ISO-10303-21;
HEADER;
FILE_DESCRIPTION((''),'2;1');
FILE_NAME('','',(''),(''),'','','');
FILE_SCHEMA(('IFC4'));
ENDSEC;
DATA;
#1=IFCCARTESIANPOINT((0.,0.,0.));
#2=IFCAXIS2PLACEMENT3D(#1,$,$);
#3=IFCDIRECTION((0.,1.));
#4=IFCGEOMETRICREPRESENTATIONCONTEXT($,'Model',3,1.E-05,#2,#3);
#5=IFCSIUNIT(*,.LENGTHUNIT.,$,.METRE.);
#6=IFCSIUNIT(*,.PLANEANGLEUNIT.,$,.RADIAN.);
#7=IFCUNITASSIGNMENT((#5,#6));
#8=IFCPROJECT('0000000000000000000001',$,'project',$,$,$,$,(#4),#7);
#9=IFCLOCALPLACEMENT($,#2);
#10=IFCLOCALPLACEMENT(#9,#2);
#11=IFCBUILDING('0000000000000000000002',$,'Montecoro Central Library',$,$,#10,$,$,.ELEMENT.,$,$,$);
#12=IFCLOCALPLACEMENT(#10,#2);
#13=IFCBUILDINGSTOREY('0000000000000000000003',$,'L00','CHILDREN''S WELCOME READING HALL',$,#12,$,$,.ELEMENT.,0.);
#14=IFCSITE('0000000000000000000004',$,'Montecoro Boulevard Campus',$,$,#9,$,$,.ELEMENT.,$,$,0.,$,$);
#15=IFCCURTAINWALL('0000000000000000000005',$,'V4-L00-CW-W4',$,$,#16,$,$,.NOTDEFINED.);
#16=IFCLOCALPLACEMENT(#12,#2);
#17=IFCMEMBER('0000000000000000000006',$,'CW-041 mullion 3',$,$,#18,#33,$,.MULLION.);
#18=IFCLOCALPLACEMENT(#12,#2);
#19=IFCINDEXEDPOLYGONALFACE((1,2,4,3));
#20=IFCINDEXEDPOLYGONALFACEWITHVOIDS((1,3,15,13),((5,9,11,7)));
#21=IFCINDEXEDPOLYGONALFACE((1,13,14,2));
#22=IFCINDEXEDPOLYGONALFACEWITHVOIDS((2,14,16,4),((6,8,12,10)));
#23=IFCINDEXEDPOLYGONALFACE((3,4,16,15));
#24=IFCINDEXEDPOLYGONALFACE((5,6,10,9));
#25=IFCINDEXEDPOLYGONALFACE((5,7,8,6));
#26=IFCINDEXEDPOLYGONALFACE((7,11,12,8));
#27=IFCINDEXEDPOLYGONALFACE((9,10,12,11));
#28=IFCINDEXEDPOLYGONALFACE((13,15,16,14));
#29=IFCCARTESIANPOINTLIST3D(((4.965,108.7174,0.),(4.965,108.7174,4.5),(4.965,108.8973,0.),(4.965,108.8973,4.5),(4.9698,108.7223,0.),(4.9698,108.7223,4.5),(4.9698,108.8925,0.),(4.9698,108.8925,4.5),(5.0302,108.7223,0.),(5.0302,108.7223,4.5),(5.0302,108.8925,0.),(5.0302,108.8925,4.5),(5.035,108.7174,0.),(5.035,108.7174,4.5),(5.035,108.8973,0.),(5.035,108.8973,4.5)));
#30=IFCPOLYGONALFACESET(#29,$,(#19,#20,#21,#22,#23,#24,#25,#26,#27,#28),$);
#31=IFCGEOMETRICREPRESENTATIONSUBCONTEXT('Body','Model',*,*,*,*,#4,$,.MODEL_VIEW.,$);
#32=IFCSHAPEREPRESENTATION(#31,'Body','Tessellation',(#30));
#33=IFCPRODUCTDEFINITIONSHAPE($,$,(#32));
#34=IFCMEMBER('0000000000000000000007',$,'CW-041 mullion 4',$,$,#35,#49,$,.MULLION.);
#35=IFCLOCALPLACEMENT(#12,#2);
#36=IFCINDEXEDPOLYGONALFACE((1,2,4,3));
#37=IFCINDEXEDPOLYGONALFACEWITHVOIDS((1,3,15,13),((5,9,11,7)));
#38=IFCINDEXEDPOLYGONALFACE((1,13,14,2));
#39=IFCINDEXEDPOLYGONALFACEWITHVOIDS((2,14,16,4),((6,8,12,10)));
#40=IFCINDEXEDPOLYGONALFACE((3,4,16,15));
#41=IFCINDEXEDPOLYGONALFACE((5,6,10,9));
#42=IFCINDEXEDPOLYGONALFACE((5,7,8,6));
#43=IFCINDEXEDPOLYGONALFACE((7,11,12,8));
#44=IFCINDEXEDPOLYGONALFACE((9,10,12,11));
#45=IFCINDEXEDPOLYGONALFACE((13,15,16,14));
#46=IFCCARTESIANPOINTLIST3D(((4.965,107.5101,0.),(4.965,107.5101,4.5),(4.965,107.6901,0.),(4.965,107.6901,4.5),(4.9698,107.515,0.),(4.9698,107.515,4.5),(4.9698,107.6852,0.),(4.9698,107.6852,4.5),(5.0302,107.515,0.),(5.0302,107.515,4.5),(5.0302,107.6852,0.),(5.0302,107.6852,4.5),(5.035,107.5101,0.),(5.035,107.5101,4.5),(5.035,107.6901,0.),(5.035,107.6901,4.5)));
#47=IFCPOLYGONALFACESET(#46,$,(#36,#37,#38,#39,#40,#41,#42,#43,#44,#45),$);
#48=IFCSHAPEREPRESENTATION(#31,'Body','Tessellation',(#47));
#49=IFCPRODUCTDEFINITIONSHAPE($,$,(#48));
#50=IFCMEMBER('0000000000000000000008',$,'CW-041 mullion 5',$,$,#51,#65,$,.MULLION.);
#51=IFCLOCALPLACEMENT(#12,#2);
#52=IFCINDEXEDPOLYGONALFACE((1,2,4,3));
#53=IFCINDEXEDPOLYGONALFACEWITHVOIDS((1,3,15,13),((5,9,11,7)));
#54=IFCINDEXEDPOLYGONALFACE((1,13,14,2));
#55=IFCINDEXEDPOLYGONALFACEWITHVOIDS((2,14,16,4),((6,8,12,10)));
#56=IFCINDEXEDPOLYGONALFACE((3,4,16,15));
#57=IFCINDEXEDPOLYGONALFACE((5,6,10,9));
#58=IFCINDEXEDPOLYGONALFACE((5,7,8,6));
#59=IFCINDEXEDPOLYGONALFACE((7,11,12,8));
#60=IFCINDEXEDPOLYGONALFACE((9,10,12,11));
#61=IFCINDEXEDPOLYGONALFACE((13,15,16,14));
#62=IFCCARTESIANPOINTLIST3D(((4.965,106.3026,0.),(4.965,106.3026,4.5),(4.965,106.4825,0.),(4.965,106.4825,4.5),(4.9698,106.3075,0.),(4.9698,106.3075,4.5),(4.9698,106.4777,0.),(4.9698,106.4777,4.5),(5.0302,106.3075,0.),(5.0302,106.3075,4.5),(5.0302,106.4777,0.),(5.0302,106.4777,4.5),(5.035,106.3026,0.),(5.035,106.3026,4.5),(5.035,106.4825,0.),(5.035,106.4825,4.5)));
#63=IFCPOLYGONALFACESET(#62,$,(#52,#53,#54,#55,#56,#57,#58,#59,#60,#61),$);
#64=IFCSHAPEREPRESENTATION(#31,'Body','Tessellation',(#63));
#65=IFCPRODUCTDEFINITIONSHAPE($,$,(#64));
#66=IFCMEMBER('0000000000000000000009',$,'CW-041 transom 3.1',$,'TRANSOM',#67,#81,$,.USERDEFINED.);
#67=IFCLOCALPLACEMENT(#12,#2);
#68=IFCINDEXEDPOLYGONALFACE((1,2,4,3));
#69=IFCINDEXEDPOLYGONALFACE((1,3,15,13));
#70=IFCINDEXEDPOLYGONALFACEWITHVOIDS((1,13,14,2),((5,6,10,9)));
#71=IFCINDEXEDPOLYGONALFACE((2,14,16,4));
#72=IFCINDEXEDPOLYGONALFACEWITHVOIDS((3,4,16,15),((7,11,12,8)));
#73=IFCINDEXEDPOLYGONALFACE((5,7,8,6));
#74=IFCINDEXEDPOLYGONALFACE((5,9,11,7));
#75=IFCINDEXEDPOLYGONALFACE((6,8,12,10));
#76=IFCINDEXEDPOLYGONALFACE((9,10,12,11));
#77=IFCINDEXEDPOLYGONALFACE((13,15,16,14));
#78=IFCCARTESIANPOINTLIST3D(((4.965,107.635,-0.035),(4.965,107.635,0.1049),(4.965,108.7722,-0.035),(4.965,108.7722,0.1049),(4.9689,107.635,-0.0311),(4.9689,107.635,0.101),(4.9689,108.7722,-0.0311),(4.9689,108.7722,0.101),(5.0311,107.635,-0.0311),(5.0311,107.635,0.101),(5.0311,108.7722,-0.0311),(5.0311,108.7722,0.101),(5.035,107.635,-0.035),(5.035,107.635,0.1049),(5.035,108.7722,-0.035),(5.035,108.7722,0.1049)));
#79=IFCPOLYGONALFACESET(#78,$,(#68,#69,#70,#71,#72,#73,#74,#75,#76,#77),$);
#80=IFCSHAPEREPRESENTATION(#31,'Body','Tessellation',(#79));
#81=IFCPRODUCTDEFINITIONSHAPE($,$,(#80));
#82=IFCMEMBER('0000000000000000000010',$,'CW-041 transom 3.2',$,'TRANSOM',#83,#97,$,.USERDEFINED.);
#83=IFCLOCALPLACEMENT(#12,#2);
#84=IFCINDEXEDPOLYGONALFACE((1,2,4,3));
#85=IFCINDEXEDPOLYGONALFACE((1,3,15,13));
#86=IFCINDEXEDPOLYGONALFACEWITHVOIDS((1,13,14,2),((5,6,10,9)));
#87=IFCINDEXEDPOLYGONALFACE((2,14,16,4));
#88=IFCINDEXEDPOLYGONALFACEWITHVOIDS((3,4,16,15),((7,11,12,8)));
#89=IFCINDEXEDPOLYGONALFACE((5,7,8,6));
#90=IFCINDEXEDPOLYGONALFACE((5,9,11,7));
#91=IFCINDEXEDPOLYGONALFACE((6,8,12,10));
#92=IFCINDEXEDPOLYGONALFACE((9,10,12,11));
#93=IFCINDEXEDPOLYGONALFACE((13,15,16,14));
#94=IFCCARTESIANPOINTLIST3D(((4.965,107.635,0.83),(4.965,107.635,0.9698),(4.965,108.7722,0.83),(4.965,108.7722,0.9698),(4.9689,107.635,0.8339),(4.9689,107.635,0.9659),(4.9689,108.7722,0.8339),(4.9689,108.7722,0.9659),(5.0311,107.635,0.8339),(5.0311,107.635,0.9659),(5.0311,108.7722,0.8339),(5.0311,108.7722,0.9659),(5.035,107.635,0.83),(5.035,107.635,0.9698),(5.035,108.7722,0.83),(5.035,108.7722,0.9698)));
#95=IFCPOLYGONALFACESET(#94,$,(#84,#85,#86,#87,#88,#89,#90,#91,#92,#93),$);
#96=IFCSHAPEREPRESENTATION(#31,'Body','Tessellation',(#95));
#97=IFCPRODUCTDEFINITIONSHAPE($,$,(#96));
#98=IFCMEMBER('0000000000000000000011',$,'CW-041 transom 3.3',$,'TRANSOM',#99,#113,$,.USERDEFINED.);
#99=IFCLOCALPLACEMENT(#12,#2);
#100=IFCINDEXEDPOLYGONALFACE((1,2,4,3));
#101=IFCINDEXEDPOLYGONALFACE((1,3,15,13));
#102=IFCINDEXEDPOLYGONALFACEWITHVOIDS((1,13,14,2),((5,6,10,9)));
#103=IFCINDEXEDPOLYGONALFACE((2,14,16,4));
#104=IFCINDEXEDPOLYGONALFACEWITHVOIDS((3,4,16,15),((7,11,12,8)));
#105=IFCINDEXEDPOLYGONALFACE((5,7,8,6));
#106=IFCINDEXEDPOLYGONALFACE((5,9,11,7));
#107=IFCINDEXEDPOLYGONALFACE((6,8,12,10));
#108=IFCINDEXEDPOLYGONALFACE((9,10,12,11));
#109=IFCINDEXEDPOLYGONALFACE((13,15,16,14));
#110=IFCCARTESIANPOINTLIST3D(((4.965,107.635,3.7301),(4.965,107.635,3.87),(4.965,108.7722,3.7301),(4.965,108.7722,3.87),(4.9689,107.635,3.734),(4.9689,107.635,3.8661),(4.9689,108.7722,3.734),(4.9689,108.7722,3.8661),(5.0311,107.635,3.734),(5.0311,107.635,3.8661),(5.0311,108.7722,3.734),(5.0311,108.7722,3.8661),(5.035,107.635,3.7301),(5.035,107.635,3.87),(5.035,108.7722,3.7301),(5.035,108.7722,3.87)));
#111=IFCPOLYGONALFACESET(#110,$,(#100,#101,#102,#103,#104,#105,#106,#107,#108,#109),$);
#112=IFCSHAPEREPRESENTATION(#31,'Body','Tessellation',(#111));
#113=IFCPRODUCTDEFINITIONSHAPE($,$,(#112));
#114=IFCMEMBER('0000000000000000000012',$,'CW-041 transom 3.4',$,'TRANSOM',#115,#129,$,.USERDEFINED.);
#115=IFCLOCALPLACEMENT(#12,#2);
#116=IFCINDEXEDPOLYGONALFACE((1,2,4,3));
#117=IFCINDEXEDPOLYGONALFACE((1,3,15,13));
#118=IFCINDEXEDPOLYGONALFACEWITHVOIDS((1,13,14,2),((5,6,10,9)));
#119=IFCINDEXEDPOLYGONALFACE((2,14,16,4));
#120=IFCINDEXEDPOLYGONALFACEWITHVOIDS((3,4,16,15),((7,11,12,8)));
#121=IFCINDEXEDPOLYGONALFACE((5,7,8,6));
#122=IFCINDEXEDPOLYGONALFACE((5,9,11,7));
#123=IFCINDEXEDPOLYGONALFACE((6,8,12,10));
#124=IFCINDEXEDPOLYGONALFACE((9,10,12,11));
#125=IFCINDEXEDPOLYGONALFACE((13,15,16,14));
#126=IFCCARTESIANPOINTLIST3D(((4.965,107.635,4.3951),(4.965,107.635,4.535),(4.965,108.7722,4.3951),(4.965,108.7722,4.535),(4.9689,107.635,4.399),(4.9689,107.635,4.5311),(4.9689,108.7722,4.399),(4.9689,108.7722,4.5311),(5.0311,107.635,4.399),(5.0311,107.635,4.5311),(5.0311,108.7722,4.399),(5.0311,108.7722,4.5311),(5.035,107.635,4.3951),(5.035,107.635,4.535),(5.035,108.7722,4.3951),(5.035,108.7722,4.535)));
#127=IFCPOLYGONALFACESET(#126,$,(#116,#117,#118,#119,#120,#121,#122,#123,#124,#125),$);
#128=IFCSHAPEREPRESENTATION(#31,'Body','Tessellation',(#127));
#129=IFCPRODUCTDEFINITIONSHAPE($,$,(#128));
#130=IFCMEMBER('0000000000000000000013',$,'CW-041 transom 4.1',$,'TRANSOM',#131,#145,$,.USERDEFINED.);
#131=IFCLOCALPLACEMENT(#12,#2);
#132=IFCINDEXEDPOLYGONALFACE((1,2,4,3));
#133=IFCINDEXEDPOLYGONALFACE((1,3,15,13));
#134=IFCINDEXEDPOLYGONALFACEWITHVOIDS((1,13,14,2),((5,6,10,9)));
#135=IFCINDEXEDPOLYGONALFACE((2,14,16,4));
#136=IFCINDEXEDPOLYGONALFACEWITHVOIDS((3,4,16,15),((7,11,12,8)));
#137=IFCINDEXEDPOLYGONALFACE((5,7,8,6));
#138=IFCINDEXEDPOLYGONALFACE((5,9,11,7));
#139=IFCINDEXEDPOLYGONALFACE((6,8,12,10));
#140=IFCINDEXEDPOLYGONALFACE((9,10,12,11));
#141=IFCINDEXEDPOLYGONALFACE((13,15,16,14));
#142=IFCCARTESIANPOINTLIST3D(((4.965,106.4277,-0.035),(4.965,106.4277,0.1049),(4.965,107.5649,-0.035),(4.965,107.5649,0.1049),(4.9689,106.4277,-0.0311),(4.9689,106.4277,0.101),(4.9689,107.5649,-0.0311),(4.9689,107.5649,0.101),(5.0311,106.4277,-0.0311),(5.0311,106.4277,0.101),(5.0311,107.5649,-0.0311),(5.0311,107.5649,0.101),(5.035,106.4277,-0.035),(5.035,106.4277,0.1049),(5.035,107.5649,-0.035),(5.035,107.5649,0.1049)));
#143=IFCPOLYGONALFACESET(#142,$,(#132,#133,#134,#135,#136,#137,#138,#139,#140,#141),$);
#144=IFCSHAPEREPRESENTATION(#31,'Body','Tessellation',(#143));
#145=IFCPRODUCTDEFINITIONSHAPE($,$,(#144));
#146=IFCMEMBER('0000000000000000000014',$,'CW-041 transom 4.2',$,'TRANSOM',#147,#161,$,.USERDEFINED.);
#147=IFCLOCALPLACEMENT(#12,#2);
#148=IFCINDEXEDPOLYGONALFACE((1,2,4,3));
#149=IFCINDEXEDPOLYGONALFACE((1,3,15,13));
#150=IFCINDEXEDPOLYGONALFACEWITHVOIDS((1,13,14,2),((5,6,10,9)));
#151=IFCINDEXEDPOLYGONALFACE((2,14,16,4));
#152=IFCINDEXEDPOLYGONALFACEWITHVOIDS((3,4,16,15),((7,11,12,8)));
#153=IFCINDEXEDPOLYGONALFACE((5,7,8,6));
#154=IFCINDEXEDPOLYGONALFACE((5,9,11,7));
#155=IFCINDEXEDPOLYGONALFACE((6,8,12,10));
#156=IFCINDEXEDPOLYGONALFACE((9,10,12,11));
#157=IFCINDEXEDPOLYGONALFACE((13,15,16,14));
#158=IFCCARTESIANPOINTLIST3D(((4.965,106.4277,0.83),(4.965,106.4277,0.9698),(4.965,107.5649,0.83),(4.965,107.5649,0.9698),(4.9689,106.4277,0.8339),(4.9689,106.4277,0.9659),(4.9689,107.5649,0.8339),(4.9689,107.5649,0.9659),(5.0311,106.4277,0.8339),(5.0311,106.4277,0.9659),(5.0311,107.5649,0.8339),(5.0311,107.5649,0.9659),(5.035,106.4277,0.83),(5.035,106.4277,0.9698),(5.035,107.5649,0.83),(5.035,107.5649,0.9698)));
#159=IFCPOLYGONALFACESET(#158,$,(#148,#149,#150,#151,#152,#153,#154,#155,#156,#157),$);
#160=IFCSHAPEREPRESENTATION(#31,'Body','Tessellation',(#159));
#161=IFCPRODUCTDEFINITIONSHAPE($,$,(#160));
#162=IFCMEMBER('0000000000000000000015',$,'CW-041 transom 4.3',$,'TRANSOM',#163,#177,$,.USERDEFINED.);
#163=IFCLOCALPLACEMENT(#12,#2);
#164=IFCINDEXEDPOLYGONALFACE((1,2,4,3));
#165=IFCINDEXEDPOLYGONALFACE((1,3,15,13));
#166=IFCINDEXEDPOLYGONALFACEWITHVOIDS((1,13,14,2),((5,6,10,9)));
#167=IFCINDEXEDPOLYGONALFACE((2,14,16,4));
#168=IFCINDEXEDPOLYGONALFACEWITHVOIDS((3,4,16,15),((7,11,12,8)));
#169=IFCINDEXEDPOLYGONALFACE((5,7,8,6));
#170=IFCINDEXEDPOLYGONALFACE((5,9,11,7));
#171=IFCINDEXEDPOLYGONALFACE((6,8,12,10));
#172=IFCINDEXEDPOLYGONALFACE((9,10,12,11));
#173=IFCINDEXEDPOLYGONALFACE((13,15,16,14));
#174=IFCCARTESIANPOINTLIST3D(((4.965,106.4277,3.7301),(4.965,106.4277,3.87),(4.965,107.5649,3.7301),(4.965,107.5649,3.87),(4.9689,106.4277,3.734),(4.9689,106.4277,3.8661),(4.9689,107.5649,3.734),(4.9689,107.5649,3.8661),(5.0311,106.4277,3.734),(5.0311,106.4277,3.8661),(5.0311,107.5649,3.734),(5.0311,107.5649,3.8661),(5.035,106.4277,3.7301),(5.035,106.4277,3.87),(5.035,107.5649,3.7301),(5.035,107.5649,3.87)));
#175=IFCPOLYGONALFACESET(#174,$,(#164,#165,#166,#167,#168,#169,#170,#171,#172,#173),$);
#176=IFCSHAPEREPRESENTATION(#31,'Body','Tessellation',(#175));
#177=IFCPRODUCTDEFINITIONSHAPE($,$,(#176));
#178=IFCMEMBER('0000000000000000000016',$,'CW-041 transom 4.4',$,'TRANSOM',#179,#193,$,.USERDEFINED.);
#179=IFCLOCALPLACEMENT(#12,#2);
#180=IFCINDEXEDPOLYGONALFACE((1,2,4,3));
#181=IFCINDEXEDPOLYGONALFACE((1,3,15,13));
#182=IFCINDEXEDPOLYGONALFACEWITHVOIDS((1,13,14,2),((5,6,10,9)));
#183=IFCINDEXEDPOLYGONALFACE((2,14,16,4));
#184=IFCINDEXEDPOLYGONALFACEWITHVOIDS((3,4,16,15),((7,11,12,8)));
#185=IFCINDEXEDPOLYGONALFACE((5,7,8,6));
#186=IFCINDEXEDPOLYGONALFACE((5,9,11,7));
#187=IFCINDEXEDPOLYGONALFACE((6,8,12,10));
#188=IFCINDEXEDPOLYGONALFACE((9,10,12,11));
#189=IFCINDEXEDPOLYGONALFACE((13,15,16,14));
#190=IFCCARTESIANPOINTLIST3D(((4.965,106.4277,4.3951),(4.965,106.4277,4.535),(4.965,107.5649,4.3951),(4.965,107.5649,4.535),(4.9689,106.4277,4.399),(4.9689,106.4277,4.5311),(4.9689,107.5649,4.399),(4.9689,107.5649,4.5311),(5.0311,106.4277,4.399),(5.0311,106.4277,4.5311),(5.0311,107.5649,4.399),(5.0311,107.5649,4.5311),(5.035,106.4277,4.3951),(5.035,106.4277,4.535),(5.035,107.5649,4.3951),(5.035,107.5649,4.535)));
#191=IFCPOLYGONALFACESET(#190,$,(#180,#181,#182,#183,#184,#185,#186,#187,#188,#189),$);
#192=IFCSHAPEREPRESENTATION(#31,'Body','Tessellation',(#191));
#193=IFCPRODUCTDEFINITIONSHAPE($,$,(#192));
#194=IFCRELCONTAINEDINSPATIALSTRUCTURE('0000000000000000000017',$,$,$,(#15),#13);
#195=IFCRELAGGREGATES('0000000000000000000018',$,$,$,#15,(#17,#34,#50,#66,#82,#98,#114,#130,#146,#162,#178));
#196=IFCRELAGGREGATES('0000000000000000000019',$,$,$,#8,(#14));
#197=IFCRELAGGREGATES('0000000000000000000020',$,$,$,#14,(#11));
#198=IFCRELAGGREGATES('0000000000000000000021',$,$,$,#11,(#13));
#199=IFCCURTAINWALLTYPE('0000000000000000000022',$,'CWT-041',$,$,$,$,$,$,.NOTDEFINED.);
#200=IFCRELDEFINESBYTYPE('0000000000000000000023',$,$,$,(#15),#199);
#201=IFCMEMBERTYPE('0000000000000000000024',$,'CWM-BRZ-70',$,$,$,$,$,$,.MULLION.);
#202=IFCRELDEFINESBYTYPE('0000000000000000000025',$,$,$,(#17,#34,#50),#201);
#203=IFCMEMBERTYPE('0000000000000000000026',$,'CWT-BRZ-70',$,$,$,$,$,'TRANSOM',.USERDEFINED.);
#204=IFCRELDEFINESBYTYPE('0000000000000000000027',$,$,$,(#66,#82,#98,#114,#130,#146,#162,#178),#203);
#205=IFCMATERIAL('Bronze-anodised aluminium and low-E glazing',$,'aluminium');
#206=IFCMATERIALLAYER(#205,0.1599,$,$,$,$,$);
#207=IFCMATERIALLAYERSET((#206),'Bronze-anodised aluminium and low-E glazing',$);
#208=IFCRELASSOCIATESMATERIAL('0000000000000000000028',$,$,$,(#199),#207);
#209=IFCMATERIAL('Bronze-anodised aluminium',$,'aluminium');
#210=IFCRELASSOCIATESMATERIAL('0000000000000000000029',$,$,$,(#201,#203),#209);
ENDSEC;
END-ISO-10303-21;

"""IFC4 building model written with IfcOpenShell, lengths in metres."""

from ifc_helpers import new_model, si_unit, direction, frame, origin, origin_2d, place, context, subcontext, project, spatial, hollow_rectangle, extrude, material, layer, layer_set, material_profile, profile_set, type_object, element, aggregate, save


model = new_model("IFC4")

# Units and contexts
model_context = context("Model", 3, precision=1e-05, world=origin(), true_north=direction((0.0, 1.0)))
body_context = subcontext(model_context, "Body", "Model", "MODEL_VIEW")
ifc_project = project(units=[si_unit("LENGTHUNIT", "METRE"), si_unit("PLANEANGLEUNIT", "RADIAN")], contexts=[model_context])

# Site, building, storey
site_placement = place(None, origin())
site = spatial("IfcSite", under=ifc_project, at=site_placement, Name="Montecoro Boulevard Campus", CompositionType="ELEMENT", RefElevation=0.0)
building_placement = place(site_placement, origin())
building = spatial("IfcBuilding", under=site, at=building_placement, Name="Montecoro Central Library", CompositionType="ELEMENT")
storey_placement = place(building_placement, origin())
storey = spatial("IfcBuildingStorey", under=building, at=storey_placement, Name="L00", Description="CHILDREN'S WELCOME READING HALL", CompositionType="ELEMENT", Elevation=0.0)

# Curtain wall, members
ifc_material_1 = material(Name="Bronze-anodised aluminium and low-E glazing", Category="aluminium")
ifc_layer_1 = layer(ifc_material_1, 0.1599)
ifc_layer_set_1 = layer_set([ifc_layer_1], Name="Bronze-anodised aluminium and low-E glazing")
curtain_wall_type = type_object("IfcCurtainWallType", Name="CWT-041", PredefinedType="NOTDEFINED", material=ifc_layer_set_1)
curtain_wall_placement = place(storey_placement, origin())
curtain_wall = element("IfcCurtainWall", 1, at=curtain_wall_placement, inside=storey, type_object=curtain_wall_type, Name="V4-L00-CW-W4", PredefinedType="NOTDEFINED")
ifc_material_2 = material(Name="Bronze-anodised aluminium", Category="aluminium")
ifc_material_profile_1 = material_profile(ifc_material_2, hollow_rectangle(XDim=0.0701, YDim=0.1799, WallThickness=0.0049, at=origin_2d()), Name="CWM 180x70x5.0")
ifc_profile_set_1 = profile_set([ifc_material_profile_1], Name="Bronze-anodised aluminium")
member_type_1 = type_object("IfcMemberType", Name="CWM-BRZ-70", PredefinedType="MULLION", material=ifc_profile_set_1)
member_1_placement = place(storey_placement, frame((5.0, 108.8074, 0.0), z_axis=(0.0, 0.0, 1.0), x_axis=(1.0, 0.0, 0.0)))
member_1 = element("IfcMember", 2, at=member_1_placement, type_object=member_type_1, Name="CW-041 mullion 3", PredefinedType="MULLION", context=body_context, shape_type="SweptSolid", body=[
    extrude(hollow_rectangle(XDim=0.0701, YDim=0.1799, WallThickness=0.0049, at=origin_2d()), origin(), (0.0, 0.0, 1.0), 4.5),
])
member_2_placement = place(storey_placement, frame((5.0, 107.6001, 0.0), z_axis=(0.0, 0.0, 1.0), x_axis=(1.0, 0.0, 0.0)))
member_2 = element("IfcMember", 3, at=member_2_placement, type_object=member_type_1, Name="CW-041 mullion 4", PredefinedType="MULLION", context=body_context, shape_type="SweptSolid", body=[
    extrude(hollow_rectangle(XDim=0.0701, YDim=0.1799, WallThickness=0.0049, at=origin_2d()), origin(), (0.0, 0.0, 1.0), 4.5),
])
member_3_placement = place(storey_placement, frame((5.0, 106.3926, 0.0), z_axis=(0.0, 0.0, 1.0), x_axis=(1.0, 0.0, 0.0)))
member_3 = element("IfcMember", 4, at=member_3_placement, type_object=member_type_1, Name="CW-041 mullion 5", PredefinedType="MULLION", context=body_context, shape_type="SweptSolid", body=[
    extrude(hollow_rectangle(XDim=0.0701, YDim=0.1799, WallThickness=0.0049, at=origin_2d()), origin(), (0.0, 0.0, 1.0), 4.5),
])
ifc_material_profile_2 = material_profile(ifc_material_2, hollow_rectangle(XDim=0.0701, YDim=0.1399, WallThickness=0.0039, at=origin_2d()), Name="CWT 140x70x4.0")
ifc_profile_set_2 = profile_set([ifc_material_profile_2], Name="Bronze-anodised aluminium")
member_type_2 = type_object("IfcMemberType", Name="CWT-BRZ-70", ElementType="TRANSOM", PredefinedType="USERDEFINED", material=ifc_profile_set_2)
member_4_placement = place(storey_placement, frame((5.0, 108.7722, 0.0349), z_axis=(0.0, -1.0, 0.0), x_axis=(1.0, 0.0, 0.0)))
member_4 = element("IfcMember", 5, at=member_4_placement, type_object=member_type_2, Name="CW-041 transom 3.1", ObjectType="TRANSOM", PredefinedType="USERDEFINED", context=body_context, shape_type="SweptSolid", body=[
    extrude(hollow_rectangle(XDim=0.0701, YDim=0.1399, WallThickness=0.0039, at=origin_2d()), origin(), (0.0, 0.0, 1.0), 1.1372),
])
member_5_placement = place(storey_placement, frame((5.0, 108.7722, 0.8999), z_axis=(0.0, -1.0, 0.0), x_axis=(1.0, 0.0, 0.0)))
member_5 = element("IfcMember", 6, at=member_5_placement, type_object=member_type_2, Name="CW-041 transom 3.2", ObjectType="TRANSOM", PredefinedType="USERDEFINED", context=body_context, shape_type="SweptSolid", body=[
    extrude(hollow_rectangle(XDim=0.0701, YDim=0.1399, WallThickness=0.0039, at=origin_2d()), origin(), (0.0, 0.0, 1.0), 1.1372),
])
member_6_placement = place(storey_placement, frame((5.0, 108.7722, 3.8), z_axis=(0.0, -1.0, 0.0), x_axis=(1.0, 0.0, 0.0)))
member_6 = element("IfcMember", 7, at=member_6_placement, type_object=member_type_2, Name="CW-041 transom 3.3", ObjectType="TRANSOM", PredefinedType="USERDEFINED", context=body_context, shape_type="SweptSolid", body=[
    extrude(hollow_rectangle(XDim=0.0701, YDim=0.1399, WallThickness=0.0039, at=origin_2d()), origin(), (0.0, 0.0, 1.0), 1.1372),
])
member_7_placement = place(storey_placement, frame((5.0, 108.7722, 4.4651), z_axis=(0.0, -1.0, 0.0), x_axis=(1.0, 0.0, 0.0)))
member_7 = element("IfcMember", 8, at=member_7_placement, type_object=member_type_2, Name="CW-041 transom 3.4", ObjectType="TRANSOM", PredefinedType="USERDEFINED", context=body_context, shape_type="SweptSolid", body=[
    extrude(hollow_rectangle(XDim=0.0701, YDim=0.1399, WallThickness=0.0039, at=origin_2d()), origin(), (0.0, 0.0, 1.0), 1.1372),
])
member_8_placement = place(storey_placement, frame((5.0, 107.5649, 0.0349), z_axis=(0.0, -1.0, 0.0), x_axis=(1.0, 0.0, 0.0)))
member_8 = element("IfcMember", 9, at=member_8_placement, type_object=member_type_2, Name="CW-041 transom 4.1", ObjectType="TRANSOM", PredefinedType="USERDEFINED", context=body_context, shape_type="SweptSolid", body=[
    extrude(hollow_rectangle(XDim=0.0701, YDim=0.1399, WallThickness=0.0039, at=origin_2d()), origin(), (0.0, 0.0, 1.0), 1.1372),
])
member_9_placement = place(storey_placement, frame((5.0, 107.5649, 0.8999), z_axis=(0.0, -1.0, 0.0), x_axis=(1.0, 0.0, 0.0)))
member_9 = element("IfcMember", 10, at=member_9_placement, type_object=member_type_2, Name="CW-041 transom 4.2", ObjectType="TRANSOM", PredefinedType="USERDEFINED", context=body_context, shape_type="SweptSolid", body=[
    extrude(hollow_rectangle(XDim=0.0701, YDim=0.1399, WallThickness=0.0039, at=origin_2d()), origin(), (0.0, 0.0, 1.0), 1.1372),
])
member_10_placement = place(storey_placement, frame((5.0, 107.5649, 3.8), z_axis=(0.0, -1.0, 0.0), x_axis=(1.0, 0.0, 0.0)))
member_10 = element("IfcMember", 11, at=member_10_placement, type_object=member_type_2, Name="CW-041 transom 4.3", ObjectType="TRANSOM", PredefinedType="USERDEFINED", context=body_context, shape_type="SweptSolid", body=[
    extrude(hollow_rectangle(XDim=0.0701, YDim=0.1399, WallThickness=0.0039, at=origin_2d()), origin(), (0.0, 0.0, 1.0), 1.1372),
])
member_11_placement = place(storey_placement, frame((5.0, 107.5649, 4.4651), z_axis=(0.0, -1.0, 0.0), x_axis=(1.0, 0.0, 0.0)))
member_11 = element("IfcMember", 12, at=member_11_placement, type_object=member_type_2, Name="CW-041 transom 4.4", ObjectType="TRANSOM", PredefinedType="USERDEFINED", context=body_context, shape_type="SweptSolid", body=[
    extrude(hollow_rectangle(XDim=0.0701, YDim=0.1399, WallThickness=0.0039, at=origin_2d()), origin(), (0.0, 0.0, 1.0), 1.1372),
])
aggregate(curtain_wall, [member_1, member_2, member_3, member_4, member_5, member_6, member_7, member_8, member_9, member_10, member_11])

save(model, "model.ifc")
